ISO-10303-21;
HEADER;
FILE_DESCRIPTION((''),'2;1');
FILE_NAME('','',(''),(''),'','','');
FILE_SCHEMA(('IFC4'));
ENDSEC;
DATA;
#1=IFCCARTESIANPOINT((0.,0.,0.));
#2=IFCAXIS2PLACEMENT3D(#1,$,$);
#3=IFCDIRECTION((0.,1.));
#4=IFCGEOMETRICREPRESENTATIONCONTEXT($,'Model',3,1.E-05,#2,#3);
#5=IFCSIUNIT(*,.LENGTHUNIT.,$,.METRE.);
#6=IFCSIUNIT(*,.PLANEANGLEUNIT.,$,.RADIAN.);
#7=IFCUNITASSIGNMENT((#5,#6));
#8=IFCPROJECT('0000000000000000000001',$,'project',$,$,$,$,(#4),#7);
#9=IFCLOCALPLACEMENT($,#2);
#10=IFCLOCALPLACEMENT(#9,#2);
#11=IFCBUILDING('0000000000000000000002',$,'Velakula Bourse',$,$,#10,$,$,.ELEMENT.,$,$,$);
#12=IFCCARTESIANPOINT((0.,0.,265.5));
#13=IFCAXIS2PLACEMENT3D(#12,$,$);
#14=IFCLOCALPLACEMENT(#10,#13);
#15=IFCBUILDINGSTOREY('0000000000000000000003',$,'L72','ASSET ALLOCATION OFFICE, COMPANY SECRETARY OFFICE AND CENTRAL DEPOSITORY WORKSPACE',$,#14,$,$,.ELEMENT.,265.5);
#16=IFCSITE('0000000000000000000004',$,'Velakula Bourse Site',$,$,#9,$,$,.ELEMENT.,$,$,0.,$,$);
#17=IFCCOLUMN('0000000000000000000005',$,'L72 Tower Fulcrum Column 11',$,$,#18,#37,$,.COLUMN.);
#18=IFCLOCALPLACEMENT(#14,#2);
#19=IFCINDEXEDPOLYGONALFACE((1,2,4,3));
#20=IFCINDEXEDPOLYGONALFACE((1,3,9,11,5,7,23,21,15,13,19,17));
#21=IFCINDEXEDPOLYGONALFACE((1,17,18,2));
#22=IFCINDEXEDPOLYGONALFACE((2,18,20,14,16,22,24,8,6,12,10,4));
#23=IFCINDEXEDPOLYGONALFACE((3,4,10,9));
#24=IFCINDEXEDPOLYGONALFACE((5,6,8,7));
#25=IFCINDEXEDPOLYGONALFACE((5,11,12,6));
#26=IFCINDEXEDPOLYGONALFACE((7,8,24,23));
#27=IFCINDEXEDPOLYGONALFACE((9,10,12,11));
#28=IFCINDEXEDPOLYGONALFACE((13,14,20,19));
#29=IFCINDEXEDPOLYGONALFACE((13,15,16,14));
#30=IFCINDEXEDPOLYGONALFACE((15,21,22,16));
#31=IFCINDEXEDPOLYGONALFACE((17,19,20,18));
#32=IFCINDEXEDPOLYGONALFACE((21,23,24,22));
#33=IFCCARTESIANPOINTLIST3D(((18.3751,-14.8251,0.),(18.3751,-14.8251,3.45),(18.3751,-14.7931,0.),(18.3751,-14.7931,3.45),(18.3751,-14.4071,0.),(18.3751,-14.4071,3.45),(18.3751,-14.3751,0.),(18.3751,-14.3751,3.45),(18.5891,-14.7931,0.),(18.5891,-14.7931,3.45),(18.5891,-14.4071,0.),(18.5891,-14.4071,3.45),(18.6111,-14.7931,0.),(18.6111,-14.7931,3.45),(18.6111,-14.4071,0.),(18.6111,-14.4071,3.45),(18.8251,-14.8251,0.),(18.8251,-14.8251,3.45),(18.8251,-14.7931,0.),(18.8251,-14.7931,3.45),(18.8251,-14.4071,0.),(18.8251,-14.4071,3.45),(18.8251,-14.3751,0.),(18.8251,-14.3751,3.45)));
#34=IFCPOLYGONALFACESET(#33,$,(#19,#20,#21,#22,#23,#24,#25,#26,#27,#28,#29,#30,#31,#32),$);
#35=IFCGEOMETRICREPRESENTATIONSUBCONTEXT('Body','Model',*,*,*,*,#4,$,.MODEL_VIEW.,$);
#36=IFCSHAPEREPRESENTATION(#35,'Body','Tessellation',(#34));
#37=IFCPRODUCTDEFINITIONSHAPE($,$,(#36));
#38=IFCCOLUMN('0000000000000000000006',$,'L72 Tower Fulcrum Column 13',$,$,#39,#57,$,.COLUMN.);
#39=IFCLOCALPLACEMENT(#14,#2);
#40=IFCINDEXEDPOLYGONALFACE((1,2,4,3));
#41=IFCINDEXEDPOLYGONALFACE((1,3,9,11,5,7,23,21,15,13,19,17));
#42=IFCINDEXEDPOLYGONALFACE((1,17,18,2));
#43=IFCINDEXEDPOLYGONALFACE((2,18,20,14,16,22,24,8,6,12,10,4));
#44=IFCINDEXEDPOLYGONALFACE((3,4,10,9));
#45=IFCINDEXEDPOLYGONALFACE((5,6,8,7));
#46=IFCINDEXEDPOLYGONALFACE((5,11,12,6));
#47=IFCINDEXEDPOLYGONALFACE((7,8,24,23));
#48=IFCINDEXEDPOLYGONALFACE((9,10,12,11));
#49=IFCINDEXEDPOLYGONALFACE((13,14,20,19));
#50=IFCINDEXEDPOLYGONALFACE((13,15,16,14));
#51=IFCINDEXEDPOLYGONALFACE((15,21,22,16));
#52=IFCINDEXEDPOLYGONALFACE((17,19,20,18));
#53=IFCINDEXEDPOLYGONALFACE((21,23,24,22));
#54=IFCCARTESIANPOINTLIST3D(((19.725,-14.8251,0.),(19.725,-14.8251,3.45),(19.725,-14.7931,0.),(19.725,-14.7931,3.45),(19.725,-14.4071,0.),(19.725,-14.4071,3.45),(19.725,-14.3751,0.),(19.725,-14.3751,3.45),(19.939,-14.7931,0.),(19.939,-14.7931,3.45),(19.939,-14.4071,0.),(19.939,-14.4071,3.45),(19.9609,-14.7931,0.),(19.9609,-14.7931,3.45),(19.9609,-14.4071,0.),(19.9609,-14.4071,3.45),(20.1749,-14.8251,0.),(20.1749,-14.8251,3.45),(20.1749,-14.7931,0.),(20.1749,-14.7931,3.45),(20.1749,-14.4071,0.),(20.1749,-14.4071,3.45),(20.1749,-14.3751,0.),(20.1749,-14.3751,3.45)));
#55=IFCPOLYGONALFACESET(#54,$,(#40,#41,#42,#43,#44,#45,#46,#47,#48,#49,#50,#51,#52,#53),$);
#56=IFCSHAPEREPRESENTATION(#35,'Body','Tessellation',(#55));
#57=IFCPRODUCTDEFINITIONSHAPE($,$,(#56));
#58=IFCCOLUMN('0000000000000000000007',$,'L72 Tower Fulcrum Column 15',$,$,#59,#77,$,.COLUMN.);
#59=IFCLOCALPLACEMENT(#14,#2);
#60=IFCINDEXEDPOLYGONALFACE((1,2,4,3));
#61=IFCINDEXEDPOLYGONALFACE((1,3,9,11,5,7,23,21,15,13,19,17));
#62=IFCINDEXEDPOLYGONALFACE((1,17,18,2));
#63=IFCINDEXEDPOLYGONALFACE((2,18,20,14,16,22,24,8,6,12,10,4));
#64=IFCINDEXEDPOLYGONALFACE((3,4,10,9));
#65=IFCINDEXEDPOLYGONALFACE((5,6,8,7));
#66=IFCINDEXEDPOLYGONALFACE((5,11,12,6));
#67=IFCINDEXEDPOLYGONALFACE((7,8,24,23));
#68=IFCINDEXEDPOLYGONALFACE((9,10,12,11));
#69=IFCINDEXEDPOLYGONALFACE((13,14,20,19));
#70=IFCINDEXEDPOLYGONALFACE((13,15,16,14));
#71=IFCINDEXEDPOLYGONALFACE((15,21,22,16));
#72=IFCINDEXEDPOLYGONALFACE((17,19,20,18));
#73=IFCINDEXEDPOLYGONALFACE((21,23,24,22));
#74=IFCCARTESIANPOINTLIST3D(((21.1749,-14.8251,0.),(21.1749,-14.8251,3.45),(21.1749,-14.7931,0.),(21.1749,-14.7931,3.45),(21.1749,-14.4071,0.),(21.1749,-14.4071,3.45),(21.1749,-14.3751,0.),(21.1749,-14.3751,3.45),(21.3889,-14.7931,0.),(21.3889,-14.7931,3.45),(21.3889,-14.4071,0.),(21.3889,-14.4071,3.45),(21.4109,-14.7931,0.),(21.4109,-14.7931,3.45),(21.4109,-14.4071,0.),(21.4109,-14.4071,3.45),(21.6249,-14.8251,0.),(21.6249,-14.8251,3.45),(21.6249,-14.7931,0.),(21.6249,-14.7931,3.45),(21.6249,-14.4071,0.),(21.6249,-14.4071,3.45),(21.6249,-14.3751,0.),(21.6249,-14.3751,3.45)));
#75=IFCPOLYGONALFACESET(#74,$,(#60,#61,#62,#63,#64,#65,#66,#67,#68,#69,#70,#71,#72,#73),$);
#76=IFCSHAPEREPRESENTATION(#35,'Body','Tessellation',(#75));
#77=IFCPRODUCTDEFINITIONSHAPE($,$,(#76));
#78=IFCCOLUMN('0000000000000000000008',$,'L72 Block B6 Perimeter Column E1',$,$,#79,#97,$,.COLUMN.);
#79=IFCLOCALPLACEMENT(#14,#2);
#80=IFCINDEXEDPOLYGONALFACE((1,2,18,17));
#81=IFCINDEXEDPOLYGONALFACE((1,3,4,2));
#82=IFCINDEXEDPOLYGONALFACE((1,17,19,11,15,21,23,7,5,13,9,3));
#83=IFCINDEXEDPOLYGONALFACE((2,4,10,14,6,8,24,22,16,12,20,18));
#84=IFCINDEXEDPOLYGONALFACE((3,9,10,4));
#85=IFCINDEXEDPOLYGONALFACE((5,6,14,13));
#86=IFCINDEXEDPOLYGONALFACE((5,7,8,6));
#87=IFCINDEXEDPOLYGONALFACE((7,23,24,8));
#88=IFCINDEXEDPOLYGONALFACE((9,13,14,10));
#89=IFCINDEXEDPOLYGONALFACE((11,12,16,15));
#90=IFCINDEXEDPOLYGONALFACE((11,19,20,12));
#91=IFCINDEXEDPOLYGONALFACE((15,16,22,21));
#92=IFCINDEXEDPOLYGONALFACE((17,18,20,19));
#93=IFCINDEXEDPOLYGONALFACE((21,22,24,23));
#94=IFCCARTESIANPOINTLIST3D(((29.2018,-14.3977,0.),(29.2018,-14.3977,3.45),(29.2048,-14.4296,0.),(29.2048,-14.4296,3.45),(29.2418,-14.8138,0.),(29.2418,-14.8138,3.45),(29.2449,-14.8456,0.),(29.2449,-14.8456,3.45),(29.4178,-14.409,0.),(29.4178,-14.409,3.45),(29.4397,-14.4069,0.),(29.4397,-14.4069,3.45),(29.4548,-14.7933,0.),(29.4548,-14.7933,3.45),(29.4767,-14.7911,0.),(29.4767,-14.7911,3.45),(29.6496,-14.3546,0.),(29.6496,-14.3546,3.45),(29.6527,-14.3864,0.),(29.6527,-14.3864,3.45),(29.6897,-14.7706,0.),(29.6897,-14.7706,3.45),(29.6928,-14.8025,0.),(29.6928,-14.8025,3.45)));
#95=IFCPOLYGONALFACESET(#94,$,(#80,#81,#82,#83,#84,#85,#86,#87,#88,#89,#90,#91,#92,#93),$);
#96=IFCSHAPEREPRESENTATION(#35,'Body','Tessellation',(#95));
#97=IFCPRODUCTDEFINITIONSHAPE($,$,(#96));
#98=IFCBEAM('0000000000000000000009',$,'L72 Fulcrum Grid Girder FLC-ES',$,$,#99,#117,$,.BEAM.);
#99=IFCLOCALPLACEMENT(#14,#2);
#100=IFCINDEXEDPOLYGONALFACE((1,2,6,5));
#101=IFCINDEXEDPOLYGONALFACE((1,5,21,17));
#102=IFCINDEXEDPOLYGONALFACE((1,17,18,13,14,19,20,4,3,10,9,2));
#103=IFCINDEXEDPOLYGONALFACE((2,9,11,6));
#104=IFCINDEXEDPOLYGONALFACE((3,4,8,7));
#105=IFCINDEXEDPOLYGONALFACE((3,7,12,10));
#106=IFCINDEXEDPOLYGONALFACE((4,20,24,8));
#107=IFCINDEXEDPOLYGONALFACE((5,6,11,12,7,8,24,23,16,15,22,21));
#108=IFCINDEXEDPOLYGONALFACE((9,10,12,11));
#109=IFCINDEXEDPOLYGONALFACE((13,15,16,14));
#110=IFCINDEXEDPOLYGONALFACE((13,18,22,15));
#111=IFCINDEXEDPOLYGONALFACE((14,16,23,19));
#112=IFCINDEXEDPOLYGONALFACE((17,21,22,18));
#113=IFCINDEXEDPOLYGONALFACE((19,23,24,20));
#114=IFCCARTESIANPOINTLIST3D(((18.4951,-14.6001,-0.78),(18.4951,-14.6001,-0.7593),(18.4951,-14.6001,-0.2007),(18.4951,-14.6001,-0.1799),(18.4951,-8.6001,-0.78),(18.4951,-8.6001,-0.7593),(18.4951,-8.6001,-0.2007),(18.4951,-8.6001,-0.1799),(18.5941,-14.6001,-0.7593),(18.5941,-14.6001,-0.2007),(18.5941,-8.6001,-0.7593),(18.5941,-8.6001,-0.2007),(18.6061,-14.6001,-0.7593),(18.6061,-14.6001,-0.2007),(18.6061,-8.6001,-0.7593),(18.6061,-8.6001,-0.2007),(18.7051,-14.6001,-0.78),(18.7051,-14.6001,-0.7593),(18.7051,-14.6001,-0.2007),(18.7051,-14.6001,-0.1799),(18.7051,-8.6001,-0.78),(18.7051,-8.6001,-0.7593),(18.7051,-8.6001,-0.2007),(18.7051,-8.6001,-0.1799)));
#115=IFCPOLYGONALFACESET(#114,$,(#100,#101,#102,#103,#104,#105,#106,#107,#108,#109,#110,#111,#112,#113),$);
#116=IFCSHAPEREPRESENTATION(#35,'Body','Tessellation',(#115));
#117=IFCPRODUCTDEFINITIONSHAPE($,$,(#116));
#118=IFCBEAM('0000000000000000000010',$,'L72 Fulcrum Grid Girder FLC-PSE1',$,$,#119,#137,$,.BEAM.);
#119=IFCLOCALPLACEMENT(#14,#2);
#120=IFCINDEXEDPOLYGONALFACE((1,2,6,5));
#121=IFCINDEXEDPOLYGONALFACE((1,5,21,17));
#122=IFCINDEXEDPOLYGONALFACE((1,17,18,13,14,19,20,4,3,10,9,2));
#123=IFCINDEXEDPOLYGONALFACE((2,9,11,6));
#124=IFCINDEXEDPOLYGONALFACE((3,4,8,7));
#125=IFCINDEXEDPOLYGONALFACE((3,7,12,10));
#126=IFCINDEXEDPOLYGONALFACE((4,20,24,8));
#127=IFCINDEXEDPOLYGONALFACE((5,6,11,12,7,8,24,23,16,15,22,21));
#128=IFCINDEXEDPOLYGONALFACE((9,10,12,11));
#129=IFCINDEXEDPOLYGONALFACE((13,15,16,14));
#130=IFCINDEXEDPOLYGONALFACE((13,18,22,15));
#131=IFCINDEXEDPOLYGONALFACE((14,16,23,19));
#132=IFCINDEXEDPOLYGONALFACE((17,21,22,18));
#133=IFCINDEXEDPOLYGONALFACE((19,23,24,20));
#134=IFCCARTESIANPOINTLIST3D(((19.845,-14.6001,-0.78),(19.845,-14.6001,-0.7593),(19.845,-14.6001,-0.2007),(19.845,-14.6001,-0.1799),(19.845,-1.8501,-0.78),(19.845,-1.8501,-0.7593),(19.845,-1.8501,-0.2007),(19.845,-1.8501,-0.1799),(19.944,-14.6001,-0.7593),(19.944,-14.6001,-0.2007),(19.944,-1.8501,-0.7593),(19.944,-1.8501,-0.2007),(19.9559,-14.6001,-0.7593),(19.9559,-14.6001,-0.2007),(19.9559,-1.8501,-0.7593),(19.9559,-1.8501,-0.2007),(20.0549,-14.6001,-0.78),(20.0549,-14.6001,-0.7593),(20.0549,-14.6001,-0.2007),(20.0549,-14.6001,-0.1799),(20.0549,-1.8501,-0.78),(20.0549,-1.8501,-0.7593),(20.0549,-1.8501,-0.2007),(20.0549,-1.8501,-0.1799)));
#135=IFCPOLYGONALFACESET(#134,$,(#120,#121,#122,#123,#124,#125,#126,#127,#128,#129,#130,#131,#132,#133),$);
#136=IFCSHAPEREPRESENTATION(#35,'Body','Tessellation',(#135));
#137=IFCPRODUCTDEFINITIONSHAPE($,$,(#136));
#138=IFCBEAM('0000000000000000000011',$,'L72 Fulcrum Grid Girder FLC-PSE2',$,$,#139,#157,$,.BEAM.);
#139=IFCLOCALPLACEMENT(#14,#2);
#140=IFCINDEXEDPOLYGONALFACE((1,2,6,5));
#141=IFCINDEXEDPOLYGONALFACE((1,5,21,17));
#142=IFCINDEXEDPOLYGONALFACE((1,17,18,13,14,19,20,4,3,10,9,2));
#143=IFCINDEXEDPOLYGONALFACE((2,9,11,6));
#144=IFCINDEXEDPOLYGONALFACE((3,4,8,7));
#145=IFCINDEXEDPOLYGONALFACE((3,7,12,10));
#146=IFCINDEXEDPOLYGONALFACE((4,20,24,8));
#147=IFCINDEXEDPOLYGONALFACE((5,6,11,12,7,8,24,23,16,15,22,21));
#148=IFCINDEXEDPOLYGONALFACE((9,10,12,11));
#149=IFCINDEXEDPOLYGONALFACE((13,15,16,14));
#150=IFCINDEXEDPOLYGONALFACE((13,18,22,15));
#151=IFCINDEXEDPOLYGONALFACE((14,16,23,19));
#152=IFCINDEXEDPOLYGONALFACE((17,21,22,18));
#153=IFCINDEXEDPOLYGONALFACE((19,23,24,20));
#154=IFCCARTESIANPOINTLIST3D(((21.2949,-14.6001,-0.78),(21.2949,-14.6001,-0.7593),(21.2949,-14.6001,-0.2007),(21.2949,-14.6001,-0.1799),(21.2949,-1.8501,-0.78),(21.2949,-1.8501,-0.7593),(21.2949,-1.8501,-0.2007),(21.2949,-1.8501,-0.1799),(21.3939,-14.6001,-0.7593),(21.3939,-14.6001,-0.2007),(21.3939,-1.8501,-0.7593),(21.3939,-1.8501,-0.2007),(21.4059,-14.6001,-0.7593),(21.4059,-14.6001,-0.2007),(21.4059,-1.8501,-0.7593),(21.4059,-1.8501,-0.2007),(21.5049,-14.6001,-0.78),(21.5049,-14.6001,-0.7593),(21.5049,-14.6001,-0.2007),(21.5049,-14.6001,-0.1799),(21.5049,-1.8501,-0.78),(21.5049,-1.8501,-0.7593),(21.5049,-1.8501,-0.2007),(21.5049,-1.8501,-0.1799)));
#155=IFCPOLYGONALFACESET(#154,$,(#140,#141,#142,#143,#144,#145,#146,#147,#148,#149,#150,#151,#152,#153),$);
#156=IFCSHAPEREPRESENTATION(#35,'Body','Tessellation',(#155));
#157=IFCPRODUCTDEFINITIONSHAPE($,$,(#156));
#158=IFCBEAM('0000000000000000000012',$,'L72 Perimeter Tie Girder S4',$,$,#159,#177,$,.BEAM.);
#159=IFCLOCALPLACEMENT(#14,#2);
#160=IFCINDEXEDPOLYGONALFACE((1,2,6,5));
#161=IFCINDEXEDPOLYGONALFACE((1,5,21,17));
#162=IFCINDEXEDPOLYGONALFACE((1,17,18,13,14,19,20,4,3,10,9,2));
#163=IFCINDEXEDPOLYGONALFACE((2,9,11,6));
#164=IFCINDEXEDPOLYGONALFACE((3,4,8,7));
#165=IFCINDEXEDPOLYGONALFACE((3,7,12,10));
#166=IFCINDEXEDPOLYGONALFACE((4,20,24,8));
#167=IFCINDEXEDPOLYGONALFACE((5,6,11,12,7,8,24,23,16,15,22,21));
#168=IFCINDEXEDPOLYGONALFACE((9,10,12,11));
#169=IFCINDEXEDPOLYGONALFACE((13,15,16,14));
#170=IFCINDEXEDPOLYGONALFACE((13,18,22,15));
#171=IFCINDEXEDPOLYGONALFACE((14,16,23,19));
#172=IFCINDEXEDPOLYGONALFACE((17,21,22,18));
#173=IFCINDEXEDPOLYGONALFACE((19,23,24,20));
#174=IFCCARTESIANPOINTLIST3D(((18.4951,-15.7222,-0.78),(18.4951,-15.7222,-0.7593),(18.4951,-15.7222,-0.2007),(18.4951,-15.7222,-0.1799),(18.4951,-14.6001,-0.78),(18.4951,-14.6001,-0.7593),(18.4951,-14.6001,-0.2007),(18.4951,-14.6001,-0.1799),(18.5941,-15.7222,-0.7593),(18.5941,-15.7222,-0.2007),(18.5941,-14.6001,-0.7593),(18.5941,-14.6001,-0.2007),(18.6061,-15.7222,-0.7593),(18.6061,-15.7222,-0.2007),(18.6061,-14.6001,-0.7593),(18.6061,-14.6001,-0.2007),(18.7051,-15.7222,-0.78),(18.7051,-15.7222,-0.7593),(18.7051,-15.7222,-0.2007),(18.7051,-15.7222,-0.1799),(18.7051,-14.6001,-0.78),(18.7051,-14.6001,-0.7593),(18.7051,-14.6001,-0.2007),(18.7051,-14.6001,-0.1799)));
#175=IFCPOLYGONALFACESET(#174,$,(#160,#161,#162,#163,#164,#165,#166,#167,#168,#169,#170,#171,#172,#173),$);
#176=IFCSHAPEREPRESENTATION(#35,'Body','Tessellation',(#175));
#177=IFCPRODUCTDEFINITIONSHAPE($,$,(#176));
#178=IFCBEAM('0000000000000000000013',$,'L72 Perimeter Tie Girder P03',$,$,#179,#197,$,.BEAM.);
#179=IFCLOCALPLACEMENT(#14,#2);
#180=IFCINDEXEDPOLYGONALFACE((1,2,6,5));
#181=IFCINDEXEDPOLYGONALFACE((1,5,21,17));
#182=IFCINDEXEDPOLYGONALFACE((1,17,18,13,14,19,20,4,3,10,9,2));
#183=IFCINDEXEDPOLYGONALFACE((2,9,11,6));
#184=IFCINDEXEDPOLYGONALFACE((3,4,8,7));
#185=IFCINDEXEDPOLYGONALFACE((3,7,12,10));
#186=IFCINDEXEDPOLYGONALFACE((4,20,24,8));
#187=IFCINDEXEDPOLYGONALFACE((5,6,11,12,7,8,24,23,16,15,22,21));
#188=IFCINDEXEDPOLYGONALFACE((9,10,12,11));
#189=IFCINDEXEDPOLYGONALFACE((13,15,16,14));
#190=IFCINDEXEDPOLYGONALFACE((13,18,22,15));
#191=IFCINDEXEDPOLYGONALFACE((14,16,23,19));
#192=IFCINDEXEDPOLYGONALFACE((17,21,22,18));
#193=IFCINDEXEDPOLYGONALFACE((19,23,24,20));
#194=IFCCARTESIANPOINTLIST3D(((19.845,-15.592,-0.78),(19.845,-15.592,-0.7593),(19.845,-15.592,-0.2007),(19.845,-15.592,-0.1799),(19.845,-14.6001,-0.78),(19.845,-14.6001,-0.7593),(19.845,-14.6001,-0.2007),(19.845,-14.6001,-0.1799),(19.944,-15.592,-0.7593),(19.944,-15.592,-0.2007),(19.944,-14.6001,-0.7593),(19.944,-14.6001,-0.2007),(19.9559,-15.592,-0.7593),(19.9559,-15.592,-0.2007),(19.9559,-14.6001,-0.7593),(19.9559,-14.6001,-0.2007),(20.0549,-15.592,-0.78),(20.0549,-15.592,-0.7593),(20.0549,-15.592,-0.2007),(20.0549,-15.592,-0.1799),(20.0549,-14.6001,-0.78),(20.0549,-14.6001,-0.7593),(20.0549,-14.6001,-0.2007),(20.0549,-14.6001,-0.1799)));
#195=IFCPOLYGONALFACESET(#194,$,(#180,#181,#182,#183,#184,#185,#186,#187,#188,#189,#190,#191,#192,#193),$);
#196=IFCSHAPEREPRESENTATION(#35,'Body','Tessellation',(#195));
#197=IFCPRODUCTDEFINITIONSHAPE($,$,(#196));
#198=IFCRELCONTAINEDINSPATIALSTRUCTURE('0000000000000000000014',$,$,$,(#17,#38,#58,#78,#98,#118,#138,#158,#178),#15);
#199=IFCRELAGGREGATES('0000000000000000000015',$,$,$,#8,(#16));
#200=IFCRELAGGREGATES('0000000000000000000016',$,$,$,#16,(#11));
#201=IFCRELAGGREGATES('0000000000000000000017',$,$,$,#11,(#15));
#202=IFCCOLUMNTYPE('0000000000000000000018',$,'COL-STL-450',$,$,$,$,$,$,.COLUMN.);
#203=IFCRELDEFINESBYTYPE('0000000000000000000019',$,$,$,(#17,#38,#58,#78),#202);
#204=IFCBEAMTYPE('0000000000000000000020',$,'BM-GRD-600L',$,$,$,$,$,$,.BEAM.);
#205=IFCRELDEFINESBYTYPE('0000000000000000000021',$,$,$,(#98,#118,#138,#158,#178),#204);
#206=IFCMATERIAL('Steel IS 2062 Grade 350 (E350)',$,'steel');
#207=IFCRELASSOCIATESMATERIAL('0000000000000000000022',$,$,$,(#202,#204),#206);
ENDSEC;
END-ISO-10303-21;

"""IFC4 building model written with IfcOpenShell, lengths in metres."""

from ifc_helpers import new_model, si_unit, direction, frame, origin, origin_2d, place, context, subcontext, project, spatial, i_section, extrude, material, material_profile, profile_set, type_object, element, save


model = new_model("IFC4")

# Units and contexts
model_context = context("Model", 3, precision=1e-05, world=origin(), true_north=direction((0.0, 1.0)))
body_context = subcontext(model_context, "Body", "Model", "MODEL_VIEW")
ifc_project = project(units=[si_unit("LENGTHUNIT", "METRE"), si_unit("PLANEANGLEUNIT", "RADIAN")], contexts=[model_context])

# Site, building, storey
site_placement = place(None, origin())
site = spatial("IfcSite", under=ifc_project, at=site_placement, Name="Velakula Bourse Site", CompositionType="ELEMENT", RefElevation=0.0)
building_placement = place(site_placement, origin())
building = spatial("IfcBuilding", under=site, at=building_placement, Name="Velakula Bourse", CompositionType="ELEMENT")
storey_placement = place(building_placement, frame((0.0, 0.0, 265.5)))
storey = spatial("IfcBuildingStorey", under=building, at=storey_placement, Name="L72", Description="ASSET ALLOCATION OFFICE, COMPANY SECRETARY OFFICE AND CENTRAL DEPOSITORY WORKSPACE", CompositionType="ELEMENT", Elevation=265.5)

# Columns
ifc_material_1 = material(Name="Steel IS 2062 Grade 350 (E350)", Category="steel")
ifc_material_profile_1 = material_profile(ifc_material_1, i_section(OverallWidth=0.45, OverallDepth=0.45, WebThickness=0.022, FlangeThickness=0.032, at=origin_2d()), Name="Steel IS 2062 Grade 350 (E350)")
ifc_profile_set_1 = profile_set([ifc_material_profile_1], Name="Steel IS 2062 Grade 350 (E350)")
column_type = type_object("IfcColumnType", Name="COL-STL-450", PredefinedType="COLUMN", material=ifc_profile_set_1)
for number, where, z_axis, x_axis, name in (
    (1, (18.6001, -14.6001, 0.0), (0.0, 0.0, 1.0), (1.0, 0.0, 0.0), "L72 Tower Fulcrum Column 11"),
    (2, (19.95, -14.6001, 0.0), (0.0, 0.0, 1.0), (1.0, 0.0, 0.0), "L72 Tower Fulcrum Column 13"),
    (3, (21.3999, -14.6001, 0.0), (0.0, 0.0, 1.0), (1.0, 0.0, 0.0), "L72 Tower Fulcrum Column 15"),
    (4, (29.4473, -14.6001, 0.0), (0.0, 0.0, 1.0), (0.995396, 0.095846, 0.0), "L72 Block B6 Perimeter Column E1"),
):
    element("IfcColumn", number, at=place(storey_placement, frame(where, z_axis=z_axis, x_axis=x_axis)), inside=storey, type_object=column_type, Name=name, PredefinedType="COLUMN", context=body_context, shape_type="SweptSolid", body=[
        extrude(i_section(OverallWidth=0.45, OverallDepth=0.45, WebThickness=0.022, FlangeThickness=0.032, at=origin_2d()), origin(), (0.0, 0.0, 1.0), 3.45),
    ])

# Beams
ifc_material_profile_2 = material_profile(ifc_material_1, i_section(OverallWidth=0.21, OverallDepth=0.6001, WebThickness=0.012, FlangeThickness=0.0208, at=origin_2d()), Name="Steel IS 2062 Grade 350 (E350)")
ifc_profile_set_2 = profile_set([ifc_material_profile_2], Name="Steel IS 2062 Grade 350 (E350)")
beam_type_1 = type_object("IfcBeamType", Name="BM-GRD-600L", PredefinedType="BEAM", material=ifc_profile_set_2)
beam_1_placement = place(storey_placement, frame((18.6001, -14.6001, -0.48), z_axis=(0.0, 1.0, 0.0), x_axis=(-1.0, 0.0, 0.0)))
element("IfcBeam", 5, at=beam_1_placement, inside=storey, type_object=beam_type_1, Name="L72 Fulcrum Grid Girder FLC-ES", PredefinedType="BEAM", context=body_context, shape_type="SweptSolid", body=[
    extrude(i_section(OverallWidth=0.21, OverallDepth=0.6001, WebThickness=0.012, FlangeThickness=0.0208, at=origin_2d()), origin(), (0.0, 0.0, 1.0), 6.0),
])
for number, where, z_axis, x_axis, name in (
    (6, (19.95, -14.6001, -0.48), (0.0, 1.0, 0.0), (-1.0, 0.0, 0.0), "L72 Fulcrum Grid Girder FLC-PSE1"),
    (7, (21.3999, -14.6001, -0.48), (0.0, 1.0, 0.0), (-1.0, 0.0, 0.0), "L72 Fulcrum Grid Girder FLC-PSE2"),
):
    element("IfcBeam", number, at=place(storey_placement, frame(where, z_axis=z_axis, x_axis=x_axis)), inside=storey, type_object=beam_type_1, Name=name, PredefinedType="BEAM", context=body_context, shape_type="SweptSolid", body=[
        extrude(i_section(OverallWidth=0.21, OverallDepth=0.6001, WebThickness=0.012, FlangeThickness=0.0208, at=origin_2d()), origin(), (0.0, 0.0, 1.0), 12.75),
    ])
beam_2_placement = place(storey_placement, frame((18.6001, -14.6001, -0.48), z_axis=(0.0, -1.0, 0.0), x_axis=(1.0, 0.0, 0.0)))
element("IfcBeam", 8, at=beam_2_placement, inside=storey, type_object=beam_type_1, Name="L72 Perimeter Tie Girder S4", PredefinedType="BEAM", context=body_context, shape_type="SweptSolid", body=[
    extrude(i_section(OverallWidth=0.21, OverallDepth=0.6001, WebThickness=0.012, FlangeThickness=0.0208, at=origin_2d()), origin(), (0.0, 0.0, 1.0), 1.1221),
])
beam_3_placement = place(storey_placement, frame((19.95, -14.6001, -0.48), z_axis=(0.0, -1.0, 0.0), x_axis=(1.0, 0.0, 0.0)))
element("IfcBeam", 9, at=beam_3_placement, inside=storey, type_object=beam_type_1, Name="L72 Perimeter Tie Girder P03", PredefinedType="BEAM", context=body_context, shape_type="SweptSolid", body=[
    extrude(i_section(OverallWidth=0.21, OverallDepth=0.6001, WebThickness=0.012, FlangeThickness=0.0208, at=origin_2d()), origin(), (0.0, 0.0, 1.0), 0.9919),
])

save(model, "model.ifc")
